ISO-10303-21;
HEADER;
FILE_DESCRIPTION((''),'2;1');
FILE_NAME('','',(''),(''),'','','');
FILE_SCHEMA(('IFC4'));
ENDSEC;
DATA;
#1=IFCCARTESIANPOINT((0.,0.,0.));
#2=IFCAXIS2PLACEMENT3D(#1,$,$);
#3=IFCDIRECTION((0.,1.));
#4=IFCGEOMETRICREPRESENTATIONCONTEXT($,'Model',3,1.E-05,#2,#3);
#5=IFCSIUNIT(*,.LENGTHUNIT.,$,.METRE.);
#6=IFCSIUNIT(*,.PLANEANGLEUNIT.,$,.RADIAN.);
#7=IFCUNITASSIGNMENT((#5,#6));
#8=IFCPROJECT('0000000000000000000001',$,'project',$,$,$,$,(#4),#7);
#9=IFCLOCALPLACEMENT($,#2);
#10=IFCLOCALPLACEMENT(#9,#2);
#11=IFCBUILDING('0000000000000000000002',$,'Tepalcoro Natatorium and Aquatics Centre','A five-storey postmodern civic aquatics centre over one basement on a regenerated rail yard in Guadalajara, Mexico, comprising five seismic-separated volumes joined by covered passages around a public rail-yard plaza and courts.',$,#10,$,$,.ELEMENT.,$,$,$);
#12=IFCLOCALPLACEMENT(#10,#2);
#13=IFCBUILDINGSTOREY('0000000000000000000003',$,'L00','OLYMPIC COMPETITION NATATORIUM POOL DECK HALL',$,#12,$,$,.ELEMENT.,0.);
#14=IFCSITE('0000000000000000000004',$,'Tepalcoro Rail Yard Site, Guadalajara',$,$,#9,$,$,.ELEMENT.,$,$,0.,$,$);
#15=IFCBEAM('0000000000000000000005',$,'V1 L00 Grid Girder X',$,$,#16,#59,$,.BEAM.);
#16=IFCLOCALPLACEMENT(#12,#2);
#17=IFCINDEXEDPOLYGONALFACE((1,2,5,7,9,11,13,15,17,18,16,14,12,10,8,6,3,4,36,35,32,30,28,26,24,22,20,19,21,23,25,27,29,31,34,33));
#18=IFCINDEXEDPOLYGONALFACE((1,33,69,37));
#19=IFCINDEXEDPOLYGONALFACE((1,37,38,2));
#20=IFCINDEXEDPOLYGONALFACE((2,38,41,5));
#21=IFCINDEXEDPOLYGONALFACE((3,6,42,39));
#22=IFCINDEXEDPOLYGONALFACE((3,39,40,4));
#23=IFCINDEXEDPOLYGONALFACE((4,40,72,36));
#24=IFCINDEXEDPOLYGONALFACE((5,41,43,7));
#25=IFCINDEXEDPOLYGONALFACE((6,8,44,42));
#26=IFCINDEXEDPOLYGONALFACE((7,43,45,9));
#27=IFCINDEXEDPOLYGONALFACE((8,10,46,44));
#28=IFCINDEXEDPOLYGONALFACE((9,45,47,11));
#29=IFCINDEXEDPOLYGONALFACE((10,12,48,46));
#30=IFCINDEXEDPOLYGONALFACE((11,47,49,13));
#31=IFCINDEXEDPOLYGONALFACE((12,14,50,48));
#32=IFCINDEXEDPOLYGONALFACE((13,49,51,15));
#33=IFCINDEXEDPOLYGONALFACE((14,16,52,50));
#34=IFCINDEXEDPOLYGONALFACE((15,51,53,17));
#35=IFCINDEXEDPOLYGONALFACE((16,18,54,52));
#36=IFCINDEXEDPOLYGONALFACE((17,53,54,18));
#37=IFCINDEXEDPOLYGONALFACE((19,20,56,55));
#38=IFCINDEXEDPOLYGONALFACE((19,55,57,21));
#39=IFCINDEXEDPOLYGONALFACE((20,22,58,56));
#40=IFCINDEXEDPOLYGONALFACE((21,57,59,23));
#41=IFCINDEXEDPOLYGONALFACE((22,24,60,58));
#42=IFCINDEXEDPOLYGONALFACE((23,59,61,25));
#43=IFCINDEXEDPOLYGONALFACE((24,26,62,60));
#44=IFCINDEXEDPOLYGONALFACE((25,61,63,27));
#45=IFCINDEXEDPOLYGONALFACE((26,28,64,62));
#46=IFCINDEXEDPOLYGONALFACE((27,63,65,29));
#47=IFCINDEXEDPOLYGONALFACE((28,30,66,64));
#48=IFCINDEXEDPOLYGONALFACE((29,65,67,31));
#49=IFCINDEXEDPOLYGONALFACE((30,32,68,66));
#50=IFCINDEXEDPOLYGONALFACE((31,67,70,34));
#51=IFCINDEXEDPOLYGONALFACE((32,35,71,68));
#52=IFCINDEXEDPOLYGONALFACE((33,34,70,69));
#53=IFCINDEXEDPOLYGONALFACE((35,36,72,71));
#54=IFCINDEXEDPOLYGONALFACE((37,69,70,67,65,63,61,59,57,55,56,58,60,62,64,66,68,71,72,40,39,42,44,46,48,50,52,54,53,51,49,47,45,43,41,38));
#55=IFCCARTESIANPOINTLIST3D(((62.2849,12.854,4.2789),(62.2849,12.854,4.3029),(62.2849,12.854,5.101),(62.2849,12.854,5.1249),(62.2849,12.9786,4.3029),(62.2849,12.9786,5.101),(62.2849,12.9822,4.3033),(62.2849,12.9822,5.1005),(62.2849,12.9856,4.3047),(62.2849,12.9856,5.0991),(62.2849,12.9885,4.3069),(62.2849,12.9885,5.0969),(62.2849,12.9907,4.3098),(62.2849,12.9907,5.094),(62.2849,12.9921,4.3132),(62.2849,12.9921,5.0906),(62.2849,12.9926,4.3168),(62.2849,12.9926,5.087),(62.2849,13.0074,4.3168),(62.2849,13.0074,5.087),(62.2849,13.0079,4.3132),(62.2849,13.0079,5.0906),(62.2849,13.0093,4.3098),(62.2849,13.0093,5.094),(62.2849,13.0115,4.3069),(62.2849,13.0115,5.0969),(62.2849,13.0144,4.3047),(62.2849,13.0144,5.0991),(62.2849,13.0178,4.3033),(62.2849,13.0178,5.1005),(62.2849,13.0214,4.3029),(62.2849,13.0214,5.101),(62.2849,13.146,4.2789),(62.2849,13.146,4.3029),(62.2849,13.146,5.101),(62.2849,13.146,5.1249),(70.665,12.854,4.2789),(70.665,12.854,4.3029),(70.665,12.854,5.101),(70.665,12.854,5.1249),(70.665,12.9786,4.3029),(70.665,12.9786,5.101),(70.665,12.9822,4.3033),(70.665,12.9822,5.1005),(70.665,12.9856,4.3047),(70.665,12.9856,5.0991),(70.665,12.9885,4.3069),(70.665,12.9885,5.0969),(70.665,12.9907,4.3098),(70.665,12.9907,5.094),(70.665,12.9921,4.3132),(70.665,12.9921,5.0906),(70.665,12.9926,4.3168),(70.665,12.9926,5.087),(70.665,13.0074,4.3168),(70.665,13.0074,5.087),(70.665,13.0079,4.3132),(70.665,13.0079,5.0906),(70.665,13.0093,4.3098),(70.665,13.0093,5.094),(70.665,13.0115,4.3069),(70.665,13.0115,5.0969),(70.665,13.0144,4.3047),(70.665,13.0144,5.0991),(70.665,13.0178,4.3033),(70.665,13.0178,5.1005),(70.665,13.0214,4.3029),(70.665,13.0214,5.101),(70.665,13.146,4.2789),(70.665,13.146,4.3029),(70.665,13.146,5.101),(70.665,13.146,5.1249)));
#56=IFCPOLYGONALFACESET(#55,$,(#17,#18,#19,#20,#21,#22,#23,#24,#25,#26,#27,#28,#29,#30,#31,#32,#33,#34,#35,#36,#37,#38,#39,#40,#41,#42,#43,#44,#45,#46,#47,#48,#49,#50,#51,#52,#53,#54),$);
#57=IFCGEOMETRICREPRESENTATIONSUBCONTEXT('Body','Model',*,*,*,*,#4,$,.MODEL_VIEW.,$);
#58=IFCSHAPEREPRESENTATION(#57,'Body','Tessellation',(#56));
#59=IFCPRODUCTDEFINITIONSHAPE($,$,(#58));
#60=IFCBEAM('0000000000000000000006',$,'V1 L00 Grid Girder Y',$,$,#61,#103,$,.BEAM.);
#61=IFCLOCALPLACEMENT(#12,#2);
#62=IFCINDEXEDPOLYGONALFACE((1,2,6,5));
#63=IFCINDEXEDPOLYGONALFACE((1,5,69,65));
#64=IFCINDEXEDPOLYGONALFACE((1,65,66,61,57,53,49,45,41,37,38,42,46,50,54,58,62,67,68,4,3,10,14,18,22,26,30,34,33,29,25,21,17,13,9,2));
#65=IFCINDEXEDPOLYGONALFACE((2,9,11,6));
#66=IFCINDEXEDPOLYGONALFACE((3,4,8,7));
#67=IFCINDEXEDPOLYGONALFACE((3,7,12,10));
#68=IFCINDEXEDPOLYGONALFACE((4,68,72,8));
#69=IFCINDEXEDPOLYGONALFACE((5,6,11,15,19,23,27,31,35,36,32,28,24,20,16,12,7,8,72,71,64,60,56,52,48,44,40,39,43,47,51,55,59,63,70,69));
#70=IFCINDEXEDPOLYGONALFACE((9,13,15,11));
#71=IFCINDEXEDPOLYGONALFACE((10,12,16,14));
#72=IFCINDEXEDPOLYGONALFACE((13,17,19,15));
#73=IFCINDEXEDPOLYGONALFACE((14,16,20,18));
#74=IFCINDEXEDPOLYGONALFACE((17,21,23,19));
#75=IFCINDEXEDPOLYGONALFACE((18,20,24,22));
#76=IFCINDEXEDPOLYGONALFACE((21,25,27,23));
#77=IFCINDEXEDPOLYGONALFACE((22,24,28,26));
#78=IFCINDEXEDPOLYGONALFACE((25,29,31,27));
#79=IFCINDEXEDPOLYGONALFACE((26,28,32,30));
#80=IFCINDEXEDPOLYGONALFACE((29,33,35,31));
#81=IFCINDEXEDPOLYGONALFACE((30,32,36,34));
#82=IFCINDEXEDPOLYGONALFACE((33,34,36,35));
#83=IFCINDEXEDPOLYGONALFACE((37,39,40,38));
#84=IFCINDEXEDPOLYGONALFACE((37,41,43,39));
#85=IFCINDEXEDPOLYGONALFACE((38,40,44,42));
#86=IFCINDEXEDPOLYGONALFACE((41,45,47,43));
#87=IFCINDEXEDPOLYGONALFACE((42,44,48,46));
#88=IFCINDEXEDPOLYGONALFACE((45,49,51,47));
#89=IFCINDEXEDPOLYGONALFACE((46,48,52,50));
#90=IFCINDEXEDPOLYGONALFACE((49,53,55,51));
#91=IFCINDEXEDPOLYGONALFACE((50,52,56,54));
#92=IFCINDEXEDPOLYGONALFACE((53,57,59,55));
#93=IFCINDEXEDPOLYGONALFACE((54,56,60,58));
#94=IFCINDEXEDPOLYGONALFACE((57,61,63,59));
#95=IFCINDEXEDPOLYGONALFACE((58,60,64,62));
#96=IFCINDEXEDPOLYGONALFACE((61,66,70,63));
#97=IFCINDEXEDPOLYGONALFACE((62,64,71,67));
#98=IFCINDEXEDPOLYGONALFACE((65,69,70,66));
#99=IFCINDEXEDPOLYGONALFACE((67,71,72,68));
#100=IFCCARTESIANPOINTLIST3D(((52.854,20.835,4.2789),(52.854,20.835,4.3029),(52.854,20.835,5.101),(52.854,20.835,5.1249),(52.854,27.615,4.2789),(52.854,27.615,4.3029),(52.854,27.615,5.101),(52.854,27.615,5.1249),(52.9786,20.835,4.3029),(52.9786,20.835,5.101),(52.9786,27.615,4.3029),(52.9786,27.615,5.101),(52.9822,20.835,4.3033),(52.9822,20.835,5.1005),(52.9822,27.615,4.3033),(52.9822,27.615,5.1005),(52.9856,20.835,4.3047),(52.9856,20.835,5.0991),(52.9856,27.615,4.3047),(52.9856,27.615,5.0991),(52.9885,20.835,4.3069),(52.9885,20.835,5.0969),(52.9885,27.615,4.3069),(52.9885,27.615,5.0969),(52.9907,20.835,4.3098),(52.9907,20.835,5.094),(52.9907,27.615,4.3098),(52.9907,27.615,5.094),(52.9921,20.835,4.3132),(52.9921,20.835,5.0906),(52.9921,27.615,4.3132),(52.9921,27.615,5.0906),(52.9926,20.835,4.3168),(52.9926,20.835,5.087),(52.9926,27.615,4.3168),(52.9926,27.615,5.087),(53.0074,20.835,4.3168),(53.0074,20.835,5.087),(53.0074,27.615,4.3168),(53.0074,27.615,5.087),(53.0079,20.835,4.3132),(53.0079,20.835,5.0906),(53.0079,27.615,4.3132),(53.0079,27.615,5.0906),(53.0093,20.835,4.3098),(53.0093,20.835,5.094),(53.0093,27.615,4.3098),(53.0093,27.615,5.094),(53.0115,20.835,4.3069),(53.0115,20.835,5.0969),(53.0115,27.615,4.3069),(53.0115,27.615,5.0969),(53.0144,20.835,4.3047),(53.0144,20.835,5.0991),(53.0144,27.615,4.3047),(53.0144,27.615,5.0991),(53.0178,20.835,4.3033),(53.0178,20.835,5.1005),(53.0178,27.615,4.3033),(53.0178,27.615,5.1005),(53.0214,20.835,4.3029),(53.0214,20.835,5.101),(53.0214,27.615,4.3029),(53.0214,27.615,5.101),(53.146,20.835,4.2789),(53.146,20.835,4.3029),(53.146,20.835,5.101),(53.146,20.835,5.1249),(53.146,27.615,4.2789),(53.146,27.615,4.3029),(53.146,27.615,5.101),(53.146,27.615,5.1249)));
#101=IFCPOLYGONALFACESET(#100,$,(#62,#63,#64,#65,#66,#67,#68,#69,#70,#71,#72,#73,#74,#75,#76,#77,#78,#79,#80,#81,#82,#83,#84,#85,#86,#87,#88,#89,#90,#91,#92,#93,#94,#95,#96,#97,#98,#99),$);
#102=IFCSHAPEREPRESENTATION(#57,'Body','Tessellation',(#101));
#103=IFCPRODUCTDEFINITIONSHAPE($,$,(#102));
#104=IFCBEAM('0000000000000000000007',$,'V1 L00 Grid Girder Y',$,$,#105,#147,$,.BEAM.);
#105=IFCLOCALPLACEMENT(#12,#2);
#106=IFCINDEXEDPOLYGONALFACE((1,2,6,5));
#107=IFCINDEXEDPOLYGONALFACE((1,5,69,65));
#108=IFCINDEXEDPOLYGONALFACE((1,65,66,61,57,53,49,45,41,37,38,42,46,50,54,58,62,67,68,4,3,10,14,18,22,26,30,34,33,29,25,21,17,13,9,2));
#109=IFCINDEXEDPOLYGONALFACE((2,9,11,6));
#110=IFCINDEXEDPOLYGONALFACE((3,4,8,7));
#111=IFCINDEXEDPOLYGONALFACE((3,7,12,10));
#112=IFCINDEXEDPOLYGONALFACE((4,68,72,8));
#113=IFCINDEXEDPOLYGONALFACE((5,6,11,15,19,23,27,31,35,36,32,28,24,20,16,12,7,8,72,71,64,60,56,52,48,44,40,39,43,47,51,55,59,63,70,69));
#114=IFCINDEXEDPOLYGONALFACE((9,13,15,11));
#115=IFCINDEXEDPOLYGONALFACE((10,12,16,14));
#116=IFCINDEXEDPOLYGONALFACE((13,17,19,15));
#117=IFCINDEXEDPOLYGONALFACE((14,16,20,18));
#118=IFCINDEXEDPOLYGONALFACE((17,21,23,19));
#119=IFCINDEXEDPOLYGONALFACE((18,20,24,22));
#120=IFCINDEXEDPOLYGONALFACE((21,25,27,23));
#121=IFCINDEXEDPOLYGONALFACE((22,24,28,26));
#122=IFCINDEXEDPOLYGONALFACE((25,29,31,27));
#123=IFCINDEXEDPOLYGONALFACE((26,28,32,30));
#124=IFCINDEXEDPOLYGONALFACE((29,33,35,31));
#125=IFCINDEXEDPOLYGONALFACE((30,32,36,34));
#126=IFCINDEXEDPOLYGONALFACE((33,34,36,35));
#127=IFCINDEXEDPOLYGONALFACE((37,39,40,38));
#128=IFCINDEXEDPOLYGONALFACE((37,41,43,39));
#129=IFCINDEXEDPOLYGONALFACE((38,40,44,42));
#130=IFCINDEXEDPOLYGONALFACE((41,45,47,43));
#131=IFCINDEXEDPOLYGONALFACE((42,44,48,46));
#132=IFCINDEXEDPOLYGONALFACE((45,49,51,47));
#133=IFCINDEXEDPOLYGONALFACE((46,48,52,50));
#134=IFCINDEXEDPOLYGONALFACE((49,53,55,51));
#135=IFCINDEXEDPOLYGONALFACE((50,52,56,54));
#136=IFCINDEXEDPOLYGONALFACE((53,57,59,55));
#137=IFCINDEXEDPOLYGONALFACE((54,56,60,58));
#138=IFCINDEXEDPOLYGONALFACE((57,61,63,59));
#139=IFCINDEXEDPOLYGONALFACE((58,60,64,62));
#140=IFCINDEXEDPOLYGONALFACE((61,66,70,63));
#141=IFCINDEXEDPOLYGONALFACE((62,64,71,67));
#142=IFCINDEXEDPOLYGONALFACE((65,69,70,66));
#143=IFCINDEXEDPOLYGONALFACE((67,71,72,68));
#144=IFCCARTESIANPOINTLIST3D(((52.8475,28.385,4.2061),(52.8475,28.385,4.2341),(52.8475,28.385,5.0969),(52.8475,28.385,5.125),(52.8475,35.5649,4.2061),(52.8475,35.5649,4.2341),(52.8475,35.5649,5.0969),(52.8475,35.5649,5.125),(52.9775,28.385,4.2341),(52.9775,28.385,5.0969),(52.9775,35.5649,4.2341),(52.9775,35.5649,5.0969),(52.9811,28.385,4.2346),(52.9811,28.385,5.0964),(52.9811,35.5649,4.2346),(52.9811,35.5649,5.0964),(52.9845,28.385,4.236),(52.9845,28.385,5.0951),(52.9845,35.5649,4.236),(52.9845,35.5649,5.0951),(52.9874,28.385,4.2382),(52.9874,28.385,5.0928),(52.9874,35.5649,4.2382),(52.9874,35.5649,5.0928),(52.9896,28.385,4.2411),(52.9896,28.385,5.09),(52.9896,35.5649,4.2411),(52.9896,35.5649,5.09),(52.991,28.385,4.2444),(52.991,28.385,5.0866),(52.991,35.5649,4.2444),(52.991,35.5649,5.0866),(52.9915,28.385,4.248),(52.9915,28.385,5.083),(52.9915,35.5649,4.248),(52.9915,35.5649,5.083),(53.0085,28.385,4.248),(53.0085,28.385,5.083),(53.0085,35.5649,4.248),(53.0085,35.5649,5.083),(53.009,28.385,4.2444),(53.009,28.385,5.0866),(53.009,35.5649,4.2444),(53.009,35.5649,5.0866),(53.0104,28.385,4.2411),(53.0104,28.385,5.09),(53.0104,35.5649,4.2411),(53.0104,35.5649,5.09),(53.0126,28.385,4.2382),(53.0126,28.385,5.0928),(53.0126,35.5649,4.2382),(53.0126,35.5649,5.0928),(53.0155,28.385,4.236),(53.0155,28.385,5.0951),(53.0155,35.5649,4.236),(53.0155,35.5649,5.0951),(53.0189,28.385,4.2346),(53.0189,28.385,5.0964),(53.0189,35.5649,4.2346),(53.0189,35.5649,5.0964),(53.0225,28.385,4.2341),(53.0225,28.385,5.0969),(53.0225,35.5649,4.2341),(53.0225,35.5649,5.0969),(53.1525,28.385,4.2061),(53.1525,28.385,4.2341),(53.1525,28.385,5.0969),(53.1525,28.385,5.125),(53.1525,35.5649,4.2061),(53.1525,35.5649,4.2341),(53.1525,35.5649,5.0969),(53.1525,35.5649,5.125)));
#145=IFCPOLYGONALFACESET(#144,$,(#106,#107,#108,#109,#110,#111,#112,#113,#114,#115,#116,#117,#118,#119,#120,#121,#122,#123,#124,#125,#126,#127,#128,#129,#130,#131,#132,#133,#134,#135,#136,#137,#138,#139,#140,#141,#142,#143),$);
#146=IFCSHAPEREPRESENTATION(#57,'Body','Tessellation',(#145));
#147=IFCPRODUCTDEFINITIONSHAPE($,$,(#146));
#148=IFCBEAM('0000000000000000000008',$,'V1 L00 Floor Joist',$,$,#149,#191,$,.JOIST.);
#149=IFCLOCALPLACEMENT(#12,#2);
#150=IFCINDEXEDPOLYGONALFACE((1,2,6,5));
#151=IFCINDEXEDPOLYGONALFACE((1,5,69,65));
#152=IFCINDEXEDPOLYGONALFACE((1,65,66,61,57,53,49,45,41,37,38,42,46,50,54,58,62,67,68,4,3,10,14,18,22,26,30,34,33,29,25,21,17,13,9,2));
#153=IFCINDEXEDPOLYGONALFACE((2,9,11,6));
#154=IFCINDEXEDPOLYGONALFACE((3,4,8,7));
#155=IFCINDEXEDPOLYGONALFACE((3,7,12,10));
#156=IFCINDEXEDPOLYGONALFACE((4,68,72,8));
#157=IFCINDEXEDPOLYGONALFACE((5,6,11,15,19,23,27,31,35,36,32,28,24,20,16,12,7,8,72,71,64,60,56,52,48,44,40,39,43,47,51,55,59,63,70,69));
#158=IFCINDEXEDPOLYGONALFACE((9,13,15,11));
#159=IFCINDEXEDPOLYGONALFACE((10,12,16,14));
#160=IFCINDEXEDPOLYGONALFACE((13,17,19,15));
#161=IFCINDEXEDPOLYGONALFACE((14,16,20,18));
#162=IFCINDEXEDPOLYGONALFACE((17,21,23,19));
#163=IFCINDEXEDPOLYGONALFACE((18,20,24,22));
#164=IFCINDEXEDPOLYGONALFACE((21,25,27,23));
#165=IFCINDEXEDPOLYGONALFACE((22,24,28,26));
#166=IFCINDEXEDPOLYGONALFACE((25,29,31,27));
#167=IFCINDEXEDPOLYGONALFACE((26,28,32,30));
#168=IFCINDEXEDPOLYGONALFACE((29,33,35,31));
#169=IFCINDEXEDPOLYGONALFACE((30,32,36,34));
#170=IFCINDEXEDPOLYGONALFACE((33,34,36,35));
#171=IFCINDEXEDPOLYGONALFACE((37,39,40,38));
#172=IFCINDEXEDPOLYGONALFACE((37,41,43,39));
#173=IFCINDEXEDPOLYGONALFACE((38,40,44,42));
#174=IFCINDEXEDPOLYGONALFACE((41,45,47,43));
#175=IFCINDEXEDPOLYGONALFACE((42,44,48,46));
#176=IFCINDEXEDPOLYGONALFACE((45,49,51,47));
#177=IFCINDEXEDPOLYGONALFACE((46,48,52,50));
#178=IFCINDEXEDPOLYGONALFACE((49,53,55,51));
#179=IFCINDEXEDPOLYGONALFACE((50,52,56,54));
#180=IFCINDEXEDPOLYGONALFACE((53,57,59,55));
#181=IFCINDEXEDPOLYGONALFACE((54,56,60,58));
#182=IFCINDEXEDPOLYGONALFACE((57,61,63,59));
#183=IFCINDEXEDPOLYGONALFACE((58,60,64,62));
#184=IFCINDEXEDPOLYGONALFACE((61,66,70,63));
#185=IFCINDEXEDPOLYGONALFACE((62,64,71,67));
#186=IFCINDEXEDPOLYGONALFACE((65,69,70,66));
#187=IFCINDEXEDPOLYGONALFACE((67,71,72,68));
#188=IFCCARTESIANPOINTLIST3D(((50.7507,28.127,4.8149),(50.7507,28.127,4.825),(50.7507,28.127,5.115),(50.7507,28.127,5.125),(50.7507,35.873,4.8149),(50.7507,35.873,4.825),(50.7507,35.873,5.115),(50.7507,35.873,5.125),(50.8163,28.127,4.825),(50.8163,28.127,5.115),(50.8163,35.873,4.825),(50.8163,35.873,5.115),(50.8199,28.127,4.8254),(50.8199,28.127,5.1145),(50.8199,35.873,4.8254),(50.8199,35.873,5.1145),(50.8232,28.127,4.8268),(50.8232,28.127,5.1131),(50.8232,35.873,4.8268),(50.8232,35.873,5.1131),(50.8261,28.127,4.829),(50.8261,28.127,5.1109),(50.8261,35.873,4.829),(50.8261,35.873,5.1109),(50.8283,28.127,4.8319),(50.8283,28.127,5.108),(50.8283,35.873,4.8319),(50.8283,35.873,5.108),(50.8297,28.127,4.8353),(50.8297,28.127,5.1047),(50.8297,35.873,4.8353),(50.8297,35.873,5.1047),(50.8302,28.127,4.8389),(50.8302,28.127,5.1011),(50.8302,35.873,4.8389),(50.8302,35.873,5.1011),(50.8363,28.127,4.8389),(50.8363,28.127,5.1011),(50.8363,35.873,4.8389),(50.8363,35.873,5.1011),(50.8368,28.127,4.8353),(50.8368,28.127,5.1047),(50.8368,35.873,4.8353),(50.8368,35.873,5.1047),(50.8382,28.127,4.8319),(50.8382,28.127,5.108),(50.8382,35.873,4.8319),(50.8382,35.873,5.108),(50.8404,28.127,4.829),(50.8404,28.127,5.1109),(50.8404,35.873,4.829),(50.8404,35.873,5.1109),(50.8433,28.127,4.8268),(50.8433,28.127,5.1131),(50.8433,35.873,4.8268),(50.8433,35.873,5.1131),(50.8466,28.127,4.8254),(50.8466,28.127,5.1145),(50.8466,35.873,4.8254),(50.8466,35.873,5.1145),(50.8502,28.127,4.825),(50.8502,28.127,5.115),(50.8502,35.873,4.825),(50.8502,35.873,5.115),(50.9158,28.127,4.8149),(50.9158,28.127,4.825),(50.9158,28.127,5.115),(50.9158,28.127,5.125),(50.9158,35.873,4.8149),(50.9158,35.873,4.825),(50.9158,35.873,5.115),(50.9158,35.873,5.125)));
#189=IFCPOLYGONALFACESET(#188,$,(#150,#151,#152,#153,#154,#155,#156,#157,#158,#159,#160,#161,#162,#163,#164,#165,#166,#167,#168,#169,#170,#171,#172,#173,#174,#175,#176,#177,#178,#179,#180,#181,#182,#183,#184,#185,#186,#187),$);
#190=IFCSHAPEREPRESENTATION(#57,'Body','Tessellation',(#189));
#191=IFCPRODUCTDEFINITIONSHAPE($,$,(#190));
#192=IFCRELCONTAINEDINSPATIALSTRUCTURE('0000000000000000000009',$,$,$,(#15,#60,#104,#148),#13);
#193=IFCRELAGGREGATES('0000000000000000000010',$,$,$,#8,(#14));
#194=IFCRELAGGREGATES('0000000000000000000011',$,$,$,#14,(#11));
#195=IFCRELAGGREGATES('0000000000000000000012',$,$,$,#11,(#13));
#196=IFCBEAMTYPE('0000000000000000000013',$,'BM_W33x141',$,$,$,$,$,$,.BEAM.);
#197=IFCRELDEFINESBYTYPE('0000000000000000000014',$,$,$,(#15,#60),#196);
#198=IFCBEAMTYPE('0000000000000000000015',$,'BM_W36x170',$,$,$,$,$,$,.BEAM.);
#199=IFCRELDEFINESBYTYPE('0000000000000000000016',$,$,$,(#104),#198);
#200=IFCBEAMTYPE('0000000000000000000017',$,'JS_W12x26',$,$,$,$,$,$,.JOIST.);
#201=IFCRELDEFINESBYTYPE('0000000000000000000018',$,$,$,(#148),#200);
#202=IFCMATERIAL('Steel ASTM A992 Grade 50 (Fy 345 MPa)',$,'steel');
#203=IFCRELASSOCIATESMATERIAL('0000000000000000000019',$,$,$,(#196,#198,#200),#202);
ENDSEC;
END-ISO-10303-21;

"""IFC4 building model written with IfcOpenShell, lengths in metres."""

from ifc_helpers import new_model, si_unit, direction, frame, origin, origin_2d, place, context, subcontext, project, spatial, i_section, extrude, material, material_profile, profile_set, type_object, element, save


model = new_model("IFC4")

# Units and contexts
model_context = context("Model", 3, precision=1e-05, world=origin(), true_north=direction((0.0, 1.0)))
body_context = subcontext(model_context, "Body", "Model", "MODEL_VIEW")
ifc_project = project(units=[si_unit("LENGTHUNIT", "METRE"), si_unit("PLANEANGLEUNIT", "RADIAN")], contexts=[model_context])

# Site, building, storey
site_placement = place(None, origin())
site = spatial("IfcSite", under=ifc_project, at=site_placement, Name="Tepalcoro Rail Yard Site, Guadalajara", CompositionType="ELEMENT", RefElevation=0.0)
building_placement = place(site_placement, origin())
building = spatial("IfcBuilding", under=site, at=building_placement, Name="Tepalcoro Natatorium and Aquatics Centre", Description="A five-storey postmodern civic aquatics centre over one basement on a regenerated rail yard in Guadalajara, Mexico, comprising five seismic-separated volumes joined by covered passages around a public rail-yard plaza and courts.", CompositionType="ELEMENT")
storey_placement = place(building_placement, origin())
storey = spatial("IfcBuildingStorey", under=building, at=storey_placement, Name="L00", Description="OLYMPIC COMPETITION NATATORIUM POOL DECK HALL", CompositionType="ELEMENT", Elevation=0.0)

# Beams
ifc_material_1 = material(Name="Steel ASTM A992 Grade 50 (Fy 345 MPa)", Category="steel")
ifc_material_profile_1 = material_profile(ifc_material_1, i_section(OverallWidth=0.292, OverallDepth=0.8459, WebThickness=0.0149, FlangeThickness=0.0239, FilletRadius=0.0139, at=origin_2d()), Name="W33X141")
ifc_profile_set_1 = profile_set([ifc_material_profile_1], Name="Steel ASTM A992 Grade 50 (Fy 345 MPa)")
beam_type_1 = type_object("IfcBeamType", Name="BM_W33x141", PredefinedType="BEAM", material=ifc_profile_set_1)
beam_1_placement = place(storey_placement, frame((62.2849, 13.0, 4.7019), z_axis=(1.0, 0.0, 0.0), x_axis=(0.0, 1.0, 0.0)))
element("IfcBeam", 1, at=beam_1_placement, inside=storey, type_object=beam_type_1, Name="V1 L00 Grid Girder X", PredefinedType="BEAM", context=body_context, shape_type="SweptSolid", body=[
    extrude(i_section(OverallWidth=0.292, OverallDepth=0.8459, WebThickness=0.0149, FlangeThickness=0.0239, FilletRadius=0.0139, at=origin_2d()), origin(), (0.0, 0.0, 1.0), 8.3801),
])
beam_2_placement = place(storey_placement, frame((53.0, 20.835, 4.7019), z_axis=(0.0, 1.0, 0.0), x_axis=(-1.0, 0.0, 0.0)))
element("IfcBeam", 2, at=beam_2_placement, inside=storey, type_object=beam_type_1, Name="V1 L00 Grid Girder Y", PredefinedType="BEAM", context=body_context, shape_type="SweptSolid", body=[
    extrude(i_section(OverallWidth=0.292, OverallDepth=0.8459, WebThickness=0.0149, FlangeThickness=0.0239, FilletRadius=0.0139, at=origin_2d()), origin(), (0.0, 0.0, 1.0), 6.78),
])
ifc_material_profile_2 = material_profile(ifc_material_1, i_section(OverallWidth=0.3049, OverallDepth=0.9189, WebThickness=0.0171, FlangeThickness=0.0281, FilletRadius=0.0139, at=origin_2d()), Name="W36X170")
ifc_profile_set_2 = profile_set([ifc_material_profile_2], Name="Steel ASTM A992 Grade 50 (Fy 345 MPa)")
beam_type_2 = type_object("IfcBeamType", Name="BM_W36x170", PredefinedType="BEAM", material=ifc_profile_set_2)
beam_3_placement = place(storey_placement, frame((53.0, 28.385, 4.6655), z_axis=(0.0, 1.0, 0.0), x_axis=(-1.0, 0.0, 0.0)))
element("IfcBeam", 3, at=beam_3_placement, inside=storey, type_object=beam_type_2, Name="V1 L00 Grid Girder Y", PredefinedType="BEAM", context=body_context, shape_type="SweptSolid", body=[
    extrude(i_section(OverallWidth=0.3049, OverallDepth=0.9189, WebThickness=0.0171, FlangeThickness=0.0281, FilletRadius=0.0139, at=origin_2d()), origin(), (0.0, 0.0, 1.0), 7.1799),
])
ifc_material_profile_3 = material_profile(ifc_material_1, i_section(OverallWidth=0.165, OverallDepth=0.3101, WebThickness=0.0061, FlangeThickness=0.01, FilletRadius=0.0139, at=origin_2d()), Name="W12X26")
ifc_profile_set_3 = profile_set([ifc_material_profile_3], Name="Steel ASTM A992 Grade 50 (Fy 345 MPa)")
beam_type_3 = type_object("IfcBeamType", Name="JS_W12x26", PredefinedType="JOIST", material=ifc_profile_set_3)
beam_4_placement = place(storey_placement, frame((50.8333, 28.127, 4.97), z_axis=(0.0, 1.0, 0.0), x_axis=(-1.0, 0.0, 0.0)))
element("IfcBeam", 4, at=beam_4_placement, inside=storey, type_object=beam_type_3, Name="V1 L00 Floor Joist", PredefinedType="JOIST", context=body_context, shape_type="SweptSolid", body=[
    extrude(i_section(OverallWidth=0.165, OverallDepth=0.3101, WebThickness=0.0061, FlangeThickness=0.01, FilletRadius=0.0139, at=origin_2d()), origin(), (0.0, 0.0, 1.0), 7.7461),
])

save(model, "model.ifc")
